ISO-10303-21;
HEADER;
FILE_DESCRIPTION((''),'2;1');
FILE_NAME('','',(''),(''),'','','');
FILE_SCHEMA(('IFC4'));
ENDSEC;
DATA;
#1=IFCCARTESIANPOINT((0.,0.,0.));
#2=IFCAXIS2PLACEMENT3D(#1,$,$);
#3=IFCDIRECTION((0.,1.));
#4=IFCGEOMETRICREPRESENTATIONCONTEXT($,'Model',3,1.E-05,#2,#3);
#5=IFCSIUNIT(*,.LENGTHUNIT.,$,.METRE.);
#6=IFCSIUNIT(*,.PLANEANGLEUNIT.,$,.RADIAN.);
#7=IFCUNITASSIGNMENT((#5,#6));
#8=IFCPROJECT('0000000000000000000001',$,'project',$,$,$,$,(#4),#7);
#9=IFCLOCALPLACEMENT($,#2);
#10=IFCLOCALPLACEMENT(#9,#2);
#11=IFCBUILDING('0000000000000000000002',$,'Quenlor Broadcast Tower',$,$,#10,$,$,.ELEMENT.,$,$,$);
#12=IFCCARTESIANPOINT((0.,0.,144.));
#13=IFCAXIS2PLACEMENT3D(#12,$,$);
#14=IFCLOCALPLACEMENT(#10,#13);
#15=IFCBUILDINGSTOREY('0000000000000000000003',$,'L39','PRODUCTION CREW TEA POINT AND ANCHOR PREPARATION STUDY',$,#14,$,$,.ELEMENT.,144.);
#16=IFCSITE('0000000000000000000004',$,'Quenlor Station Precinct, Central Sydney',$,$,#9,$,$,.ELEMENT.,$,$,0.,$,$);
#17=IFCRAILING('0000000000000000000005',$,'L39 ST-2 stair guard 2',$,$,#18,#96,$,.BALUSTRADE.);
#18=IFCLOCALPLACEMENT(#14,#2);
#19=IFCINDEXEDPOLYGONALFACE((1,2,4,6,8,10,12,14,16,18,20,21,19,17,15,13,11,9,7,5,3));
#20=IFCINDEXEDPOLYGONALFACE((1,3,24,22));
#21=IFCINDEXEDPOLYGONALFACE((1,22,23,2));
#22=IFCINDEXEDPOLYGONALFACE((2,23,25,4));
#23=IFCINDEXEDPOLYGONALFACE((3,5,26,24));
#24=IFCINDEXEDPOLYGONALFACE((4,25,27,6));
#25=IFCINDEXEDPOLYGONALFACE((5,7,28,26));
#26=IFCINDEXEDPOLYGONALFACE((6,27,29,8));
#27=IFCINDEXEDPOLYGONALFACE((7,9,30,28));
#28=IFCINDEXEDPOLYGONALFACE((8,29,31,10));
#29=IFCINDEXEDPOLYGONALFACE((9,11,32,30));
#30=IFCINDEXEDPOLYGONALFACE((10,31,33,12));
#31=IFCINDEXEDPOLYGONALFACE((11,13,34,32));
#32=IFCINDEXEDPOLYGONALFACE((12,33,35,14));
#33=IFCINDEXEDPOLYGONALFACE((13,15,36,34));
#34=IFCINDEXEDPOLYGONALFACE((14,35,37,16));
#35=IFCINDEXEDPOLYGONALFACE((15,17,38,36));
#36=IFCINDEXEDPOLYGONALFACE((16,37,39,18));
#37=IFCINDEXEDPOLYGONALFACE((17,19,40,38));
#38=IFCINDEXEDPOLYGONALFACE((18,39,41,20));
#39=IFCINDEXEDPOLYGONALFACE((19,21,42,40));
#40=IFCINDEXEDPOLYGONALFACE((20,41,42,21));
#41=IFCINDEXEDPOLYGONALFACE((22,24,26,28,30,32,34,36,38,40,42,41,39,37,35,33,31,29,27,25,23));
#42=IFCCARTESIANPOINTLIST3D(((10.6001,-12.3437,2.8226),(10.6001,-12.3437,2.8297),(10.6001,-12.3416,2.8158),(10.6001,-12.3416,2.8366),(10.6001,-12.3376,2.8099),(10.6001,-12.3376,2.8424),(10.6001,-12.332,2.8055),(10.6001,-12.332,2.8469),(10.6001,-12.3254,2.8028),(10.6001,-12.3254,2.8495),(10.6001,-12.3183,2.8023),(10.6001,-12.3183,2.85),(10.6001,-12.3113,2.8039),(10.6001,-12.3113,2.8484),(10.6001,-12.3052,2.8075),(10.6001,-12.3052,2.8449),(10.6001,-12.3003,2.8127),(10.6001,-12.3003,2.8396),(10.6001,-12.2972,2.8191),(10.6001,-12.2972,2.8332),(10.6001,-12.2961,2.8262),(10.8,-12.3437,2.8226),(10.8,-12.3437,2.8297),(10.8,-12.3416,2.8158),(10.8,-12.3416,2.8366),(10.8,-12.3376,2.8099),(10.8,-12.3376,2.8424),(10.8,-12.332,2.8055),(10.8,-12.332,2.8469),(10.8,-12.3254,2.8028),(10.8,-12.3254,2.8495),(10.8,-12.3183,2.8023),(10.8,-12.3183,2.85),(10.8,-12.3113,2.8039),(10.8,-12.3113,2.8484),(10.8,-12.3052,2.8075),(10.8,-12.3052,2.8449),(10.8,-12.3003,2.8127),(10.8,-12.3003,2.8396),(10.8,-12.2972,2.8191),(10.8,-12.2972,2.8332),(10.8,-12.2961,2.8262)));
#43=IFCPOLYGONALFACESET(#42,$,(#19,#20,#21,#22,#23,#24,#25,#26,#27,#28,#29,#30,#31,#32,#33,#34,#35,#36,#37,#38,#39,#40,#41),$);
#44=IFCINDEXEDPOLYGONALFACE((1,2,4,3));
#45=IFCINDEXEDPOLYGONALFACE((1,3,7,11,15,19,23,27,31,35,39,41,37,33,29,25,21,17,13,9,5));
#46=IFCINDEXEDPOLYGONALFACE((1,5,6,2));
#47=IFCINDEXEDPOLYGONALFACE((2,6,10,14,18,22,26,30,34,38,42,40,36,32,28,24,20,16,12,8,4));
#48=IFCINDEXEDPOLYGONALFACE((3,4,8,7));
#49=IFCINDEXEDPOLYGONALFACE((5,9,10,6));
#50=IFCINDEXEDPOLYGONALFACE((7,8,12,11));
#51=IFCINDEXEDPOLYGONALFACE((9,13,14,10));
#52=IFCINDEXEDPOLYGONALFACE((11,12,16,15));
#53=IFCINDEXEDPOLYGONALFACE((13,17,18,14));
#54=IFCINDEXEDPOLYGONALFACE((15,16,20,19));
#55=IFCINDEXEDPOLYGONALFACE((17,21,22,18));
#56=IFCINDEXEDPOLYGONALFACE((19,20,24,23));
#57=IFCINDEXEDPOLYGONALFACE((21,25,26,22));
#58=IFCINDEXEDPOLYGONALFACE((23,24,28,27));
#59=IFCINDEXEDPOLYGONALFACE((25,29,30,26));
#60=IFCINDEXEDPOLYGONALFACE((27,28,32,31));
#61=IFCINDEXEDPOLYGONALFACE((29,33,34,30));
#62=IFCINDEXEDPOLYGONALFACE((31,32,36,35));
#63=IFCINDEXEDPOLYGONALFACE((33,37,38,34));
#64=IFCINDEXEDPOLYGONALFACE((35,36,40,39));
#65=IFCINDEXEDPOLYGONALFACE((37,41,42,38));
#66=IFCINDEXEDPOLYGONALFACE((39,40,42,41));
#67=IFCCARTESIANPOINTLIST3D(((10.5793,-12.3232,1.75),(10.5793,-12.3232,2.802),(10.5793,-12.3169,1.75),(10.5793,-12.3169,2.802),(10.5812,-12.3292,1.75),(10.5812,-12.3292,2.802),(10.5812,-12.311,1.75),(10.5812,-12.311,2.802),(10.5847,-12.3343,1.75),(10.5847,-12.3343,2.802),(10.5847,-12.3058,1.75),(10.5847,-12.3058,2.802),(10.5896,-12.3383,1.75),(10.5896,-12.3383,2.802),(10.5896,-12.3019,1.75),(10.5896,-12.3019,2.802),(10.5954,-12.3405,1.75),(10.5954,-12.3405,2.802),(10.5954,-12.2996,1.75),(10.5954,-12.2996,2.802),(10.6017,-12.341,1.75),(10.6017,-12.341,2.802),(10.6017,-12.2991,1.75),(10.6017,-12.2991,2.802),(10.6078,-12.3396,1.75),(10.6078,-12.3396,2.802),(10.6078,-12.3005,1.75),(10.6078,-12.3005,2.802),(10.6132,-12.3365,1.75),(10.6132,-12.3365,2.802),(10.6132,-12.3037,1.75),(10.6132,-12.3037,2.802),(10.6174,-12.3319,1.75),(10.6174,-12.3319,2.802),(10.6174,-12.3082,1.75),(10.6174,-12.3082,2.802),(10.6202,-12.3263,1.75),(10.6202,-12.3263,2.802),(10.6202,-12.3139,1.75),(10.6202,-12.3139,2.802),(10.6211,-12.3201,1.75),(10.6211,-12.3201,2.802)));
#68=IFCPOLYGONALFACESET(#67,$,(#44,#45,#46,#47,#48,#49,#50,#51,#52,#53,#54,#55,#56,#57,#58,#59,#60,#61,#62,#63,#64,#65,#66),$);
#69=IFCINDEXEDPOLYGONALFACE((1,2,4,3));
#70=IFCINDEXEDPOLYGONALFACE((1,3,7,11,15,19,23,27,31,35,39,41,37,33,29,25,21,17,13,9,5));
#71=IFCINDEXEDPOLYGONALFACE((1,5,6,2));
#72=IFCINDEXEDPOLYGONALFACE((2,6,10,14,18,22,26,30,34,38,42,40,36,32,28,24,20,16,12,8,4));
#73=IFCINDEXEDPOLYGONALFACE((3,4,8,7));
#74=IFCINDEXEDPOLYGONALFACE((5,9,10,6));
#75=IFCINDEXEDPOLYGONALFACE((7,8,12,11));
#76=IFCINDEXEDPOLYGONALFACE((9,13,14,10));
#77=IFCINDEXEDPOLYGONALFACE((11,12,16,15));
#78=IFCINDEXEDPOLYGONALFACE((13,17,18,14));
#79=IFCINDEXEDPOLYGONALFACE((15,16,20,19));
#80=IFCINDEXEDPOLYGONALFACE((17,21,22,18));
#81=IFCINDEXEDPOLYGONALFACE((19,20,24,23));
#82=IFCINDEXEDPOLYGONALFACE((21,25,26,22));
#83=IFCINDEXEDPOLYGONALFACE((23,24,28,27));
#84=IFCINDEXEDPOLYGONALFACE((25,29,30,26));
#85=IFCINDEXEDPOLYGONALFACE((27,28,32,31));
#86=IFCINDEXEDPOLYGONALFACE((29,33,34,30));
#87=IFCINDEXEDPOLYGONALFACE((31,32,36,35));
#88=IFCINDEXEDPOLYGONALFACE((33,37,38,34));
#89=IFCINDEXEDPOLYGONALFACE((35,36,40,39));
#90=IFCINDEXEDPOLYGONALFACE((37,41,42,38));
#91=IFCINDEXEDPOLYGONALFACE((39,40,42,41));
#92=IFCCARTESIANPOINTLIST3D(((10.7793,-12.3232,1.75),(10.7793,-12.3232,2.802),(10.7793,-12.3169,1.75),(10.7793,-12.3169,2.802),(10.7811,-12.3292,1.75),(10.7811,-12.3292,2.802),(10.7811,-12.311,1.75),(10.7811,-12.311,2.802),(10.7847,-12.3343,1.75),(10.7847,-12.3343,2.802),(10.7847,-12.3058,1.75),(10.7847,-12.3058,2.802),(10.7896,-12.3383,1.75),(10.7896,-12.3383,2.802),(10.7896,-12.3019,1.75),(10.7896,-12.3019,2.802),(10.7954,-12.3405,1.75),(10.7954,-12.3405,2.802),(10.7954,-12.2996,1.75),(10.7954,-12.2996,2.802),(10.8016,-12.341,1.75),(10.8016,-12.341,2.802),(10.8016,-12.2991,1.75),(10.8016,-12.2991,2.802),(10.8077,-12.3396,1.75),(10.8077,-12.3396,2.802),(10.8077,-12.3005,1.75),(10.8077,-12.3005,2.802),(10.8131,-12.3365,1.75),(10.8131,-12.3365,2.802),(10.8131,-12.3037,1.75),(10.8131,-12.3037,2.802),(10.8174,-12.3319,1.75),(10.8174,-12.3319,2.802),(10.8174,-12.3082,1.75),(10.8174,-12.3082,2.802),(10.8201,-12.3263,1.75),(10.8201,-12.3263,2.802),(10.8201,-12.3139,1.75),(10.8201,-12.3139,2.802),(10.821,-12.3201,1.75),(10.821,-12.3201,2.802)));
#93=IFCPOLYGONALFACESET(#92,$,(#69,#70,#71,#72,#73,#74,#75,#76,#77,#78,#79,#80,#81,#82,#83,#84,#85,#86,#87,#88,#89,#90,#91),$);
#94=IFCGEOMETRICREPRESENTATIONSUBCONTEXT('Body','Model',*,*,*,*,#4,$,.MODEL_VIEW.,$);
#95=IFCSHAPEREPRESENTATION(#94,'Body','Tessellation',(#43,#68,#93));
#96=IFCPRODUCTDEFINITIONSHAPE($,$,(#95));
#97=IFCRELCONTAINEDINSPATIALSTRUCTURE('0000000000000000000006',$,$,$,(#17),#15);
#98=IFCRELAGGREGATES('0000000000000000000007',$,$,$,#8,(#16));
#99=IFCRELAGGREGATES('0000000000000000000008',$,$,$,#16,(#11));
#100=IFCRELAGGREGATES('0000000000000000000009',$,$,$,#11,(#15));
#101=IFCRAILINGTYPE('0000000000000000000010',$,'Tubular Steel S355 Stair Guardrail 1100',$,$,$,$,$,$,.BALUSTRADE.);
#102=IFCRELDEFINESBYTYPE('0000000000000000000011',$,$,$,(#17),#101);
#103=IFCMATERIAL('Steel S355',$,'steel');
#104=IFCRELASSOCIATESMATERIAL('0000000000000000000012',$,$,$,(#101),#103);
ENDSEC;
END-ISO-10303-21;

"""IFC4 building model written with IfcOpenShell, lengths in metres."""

from ifc_helpers import new_model, si_unit, direction, frame, origin, origin_2d, place, context, subcontext, project, spatial, circle, extrude, material, type_object, element, save


model = new_model("IFC4")

# Units and contexts
model_context = context("Model", 3, precision=1e-05, world=origin(), true_north=direction((0.0, 1.0)))
body_context = subcontext(model_context, "Body", "Model", "MODEL_VIEW")
ifc_project = project(units=[si_unit("LENGTHUNIT", "METRE"), si_unit("PLANEANGLEUNIT", "RADIAN")], contexts=[model_context])

# Site, building, storey
site_placement = place(None, origin())
site = spatial("IfcSite", under=ifc_project, at=site_placement, Name="Quenlor Station Precinct, Central Sydney", CompositionType="ELEMENT", RefElevation=0.0)
building_placement = place(site_placement, origin())
building = spatial("IfcBuilding", under=site, at=building_placement, Name="Quenlor Broadcast Tower", CompositionType="ELEMENT")
storey_placement = place(building_placement, frame((0.0, 0.0, 144.0)))
storey = spatial("IfcBuildingStorey", under=building, at=storey_placement, Name="L39", Description="PRODUCTION CREW TEA POINT AND ANCHOR PREPARATION STUDY", CompositionType="ELEMENT", Elevation=144.0)

# Railing
ifc_material_1 = material(Name="Steel S355", Category="steel")
railing_type = type_object("IfcRailingType", Name="Tubular Steel S355 Stair Guardrail 1100", PredefinedType="BALUSTRADE", material=ifc_material_1)
railing_placement = place(storey_placement, frame((10.6001, -12.3201, 1.75)))
element("IfcRailing", 1, at=railing_placement, inside=storey, type_object=railing_type, Name="L39 ST-2 stair guard 2", PredefinedType="BALUSTRADE", context=body_context, shape_type="SweptSolid", body=[
    extrude(circle(Radius=0.0239, at=origin_2d()), frame((0.0, 0.0, 1.0762), z_axis=(1.0, 0.0, 0.0), x_axis=(0.0, 1.0, 0.0)), (0.0, 0.0, 1.0), 0.2),
    extrude(circle(Radius=0.021, at=origin_2d()), origin(), (0.0, 0.0, 1.0), 1.052),
    extrude(circle(Radius=0.021, at=origin_2d()), frame((0.2, 0.0, 0.0)), (0.0, 0.0, 1.0), 1.052),
])

save(model, "model.ifc")
